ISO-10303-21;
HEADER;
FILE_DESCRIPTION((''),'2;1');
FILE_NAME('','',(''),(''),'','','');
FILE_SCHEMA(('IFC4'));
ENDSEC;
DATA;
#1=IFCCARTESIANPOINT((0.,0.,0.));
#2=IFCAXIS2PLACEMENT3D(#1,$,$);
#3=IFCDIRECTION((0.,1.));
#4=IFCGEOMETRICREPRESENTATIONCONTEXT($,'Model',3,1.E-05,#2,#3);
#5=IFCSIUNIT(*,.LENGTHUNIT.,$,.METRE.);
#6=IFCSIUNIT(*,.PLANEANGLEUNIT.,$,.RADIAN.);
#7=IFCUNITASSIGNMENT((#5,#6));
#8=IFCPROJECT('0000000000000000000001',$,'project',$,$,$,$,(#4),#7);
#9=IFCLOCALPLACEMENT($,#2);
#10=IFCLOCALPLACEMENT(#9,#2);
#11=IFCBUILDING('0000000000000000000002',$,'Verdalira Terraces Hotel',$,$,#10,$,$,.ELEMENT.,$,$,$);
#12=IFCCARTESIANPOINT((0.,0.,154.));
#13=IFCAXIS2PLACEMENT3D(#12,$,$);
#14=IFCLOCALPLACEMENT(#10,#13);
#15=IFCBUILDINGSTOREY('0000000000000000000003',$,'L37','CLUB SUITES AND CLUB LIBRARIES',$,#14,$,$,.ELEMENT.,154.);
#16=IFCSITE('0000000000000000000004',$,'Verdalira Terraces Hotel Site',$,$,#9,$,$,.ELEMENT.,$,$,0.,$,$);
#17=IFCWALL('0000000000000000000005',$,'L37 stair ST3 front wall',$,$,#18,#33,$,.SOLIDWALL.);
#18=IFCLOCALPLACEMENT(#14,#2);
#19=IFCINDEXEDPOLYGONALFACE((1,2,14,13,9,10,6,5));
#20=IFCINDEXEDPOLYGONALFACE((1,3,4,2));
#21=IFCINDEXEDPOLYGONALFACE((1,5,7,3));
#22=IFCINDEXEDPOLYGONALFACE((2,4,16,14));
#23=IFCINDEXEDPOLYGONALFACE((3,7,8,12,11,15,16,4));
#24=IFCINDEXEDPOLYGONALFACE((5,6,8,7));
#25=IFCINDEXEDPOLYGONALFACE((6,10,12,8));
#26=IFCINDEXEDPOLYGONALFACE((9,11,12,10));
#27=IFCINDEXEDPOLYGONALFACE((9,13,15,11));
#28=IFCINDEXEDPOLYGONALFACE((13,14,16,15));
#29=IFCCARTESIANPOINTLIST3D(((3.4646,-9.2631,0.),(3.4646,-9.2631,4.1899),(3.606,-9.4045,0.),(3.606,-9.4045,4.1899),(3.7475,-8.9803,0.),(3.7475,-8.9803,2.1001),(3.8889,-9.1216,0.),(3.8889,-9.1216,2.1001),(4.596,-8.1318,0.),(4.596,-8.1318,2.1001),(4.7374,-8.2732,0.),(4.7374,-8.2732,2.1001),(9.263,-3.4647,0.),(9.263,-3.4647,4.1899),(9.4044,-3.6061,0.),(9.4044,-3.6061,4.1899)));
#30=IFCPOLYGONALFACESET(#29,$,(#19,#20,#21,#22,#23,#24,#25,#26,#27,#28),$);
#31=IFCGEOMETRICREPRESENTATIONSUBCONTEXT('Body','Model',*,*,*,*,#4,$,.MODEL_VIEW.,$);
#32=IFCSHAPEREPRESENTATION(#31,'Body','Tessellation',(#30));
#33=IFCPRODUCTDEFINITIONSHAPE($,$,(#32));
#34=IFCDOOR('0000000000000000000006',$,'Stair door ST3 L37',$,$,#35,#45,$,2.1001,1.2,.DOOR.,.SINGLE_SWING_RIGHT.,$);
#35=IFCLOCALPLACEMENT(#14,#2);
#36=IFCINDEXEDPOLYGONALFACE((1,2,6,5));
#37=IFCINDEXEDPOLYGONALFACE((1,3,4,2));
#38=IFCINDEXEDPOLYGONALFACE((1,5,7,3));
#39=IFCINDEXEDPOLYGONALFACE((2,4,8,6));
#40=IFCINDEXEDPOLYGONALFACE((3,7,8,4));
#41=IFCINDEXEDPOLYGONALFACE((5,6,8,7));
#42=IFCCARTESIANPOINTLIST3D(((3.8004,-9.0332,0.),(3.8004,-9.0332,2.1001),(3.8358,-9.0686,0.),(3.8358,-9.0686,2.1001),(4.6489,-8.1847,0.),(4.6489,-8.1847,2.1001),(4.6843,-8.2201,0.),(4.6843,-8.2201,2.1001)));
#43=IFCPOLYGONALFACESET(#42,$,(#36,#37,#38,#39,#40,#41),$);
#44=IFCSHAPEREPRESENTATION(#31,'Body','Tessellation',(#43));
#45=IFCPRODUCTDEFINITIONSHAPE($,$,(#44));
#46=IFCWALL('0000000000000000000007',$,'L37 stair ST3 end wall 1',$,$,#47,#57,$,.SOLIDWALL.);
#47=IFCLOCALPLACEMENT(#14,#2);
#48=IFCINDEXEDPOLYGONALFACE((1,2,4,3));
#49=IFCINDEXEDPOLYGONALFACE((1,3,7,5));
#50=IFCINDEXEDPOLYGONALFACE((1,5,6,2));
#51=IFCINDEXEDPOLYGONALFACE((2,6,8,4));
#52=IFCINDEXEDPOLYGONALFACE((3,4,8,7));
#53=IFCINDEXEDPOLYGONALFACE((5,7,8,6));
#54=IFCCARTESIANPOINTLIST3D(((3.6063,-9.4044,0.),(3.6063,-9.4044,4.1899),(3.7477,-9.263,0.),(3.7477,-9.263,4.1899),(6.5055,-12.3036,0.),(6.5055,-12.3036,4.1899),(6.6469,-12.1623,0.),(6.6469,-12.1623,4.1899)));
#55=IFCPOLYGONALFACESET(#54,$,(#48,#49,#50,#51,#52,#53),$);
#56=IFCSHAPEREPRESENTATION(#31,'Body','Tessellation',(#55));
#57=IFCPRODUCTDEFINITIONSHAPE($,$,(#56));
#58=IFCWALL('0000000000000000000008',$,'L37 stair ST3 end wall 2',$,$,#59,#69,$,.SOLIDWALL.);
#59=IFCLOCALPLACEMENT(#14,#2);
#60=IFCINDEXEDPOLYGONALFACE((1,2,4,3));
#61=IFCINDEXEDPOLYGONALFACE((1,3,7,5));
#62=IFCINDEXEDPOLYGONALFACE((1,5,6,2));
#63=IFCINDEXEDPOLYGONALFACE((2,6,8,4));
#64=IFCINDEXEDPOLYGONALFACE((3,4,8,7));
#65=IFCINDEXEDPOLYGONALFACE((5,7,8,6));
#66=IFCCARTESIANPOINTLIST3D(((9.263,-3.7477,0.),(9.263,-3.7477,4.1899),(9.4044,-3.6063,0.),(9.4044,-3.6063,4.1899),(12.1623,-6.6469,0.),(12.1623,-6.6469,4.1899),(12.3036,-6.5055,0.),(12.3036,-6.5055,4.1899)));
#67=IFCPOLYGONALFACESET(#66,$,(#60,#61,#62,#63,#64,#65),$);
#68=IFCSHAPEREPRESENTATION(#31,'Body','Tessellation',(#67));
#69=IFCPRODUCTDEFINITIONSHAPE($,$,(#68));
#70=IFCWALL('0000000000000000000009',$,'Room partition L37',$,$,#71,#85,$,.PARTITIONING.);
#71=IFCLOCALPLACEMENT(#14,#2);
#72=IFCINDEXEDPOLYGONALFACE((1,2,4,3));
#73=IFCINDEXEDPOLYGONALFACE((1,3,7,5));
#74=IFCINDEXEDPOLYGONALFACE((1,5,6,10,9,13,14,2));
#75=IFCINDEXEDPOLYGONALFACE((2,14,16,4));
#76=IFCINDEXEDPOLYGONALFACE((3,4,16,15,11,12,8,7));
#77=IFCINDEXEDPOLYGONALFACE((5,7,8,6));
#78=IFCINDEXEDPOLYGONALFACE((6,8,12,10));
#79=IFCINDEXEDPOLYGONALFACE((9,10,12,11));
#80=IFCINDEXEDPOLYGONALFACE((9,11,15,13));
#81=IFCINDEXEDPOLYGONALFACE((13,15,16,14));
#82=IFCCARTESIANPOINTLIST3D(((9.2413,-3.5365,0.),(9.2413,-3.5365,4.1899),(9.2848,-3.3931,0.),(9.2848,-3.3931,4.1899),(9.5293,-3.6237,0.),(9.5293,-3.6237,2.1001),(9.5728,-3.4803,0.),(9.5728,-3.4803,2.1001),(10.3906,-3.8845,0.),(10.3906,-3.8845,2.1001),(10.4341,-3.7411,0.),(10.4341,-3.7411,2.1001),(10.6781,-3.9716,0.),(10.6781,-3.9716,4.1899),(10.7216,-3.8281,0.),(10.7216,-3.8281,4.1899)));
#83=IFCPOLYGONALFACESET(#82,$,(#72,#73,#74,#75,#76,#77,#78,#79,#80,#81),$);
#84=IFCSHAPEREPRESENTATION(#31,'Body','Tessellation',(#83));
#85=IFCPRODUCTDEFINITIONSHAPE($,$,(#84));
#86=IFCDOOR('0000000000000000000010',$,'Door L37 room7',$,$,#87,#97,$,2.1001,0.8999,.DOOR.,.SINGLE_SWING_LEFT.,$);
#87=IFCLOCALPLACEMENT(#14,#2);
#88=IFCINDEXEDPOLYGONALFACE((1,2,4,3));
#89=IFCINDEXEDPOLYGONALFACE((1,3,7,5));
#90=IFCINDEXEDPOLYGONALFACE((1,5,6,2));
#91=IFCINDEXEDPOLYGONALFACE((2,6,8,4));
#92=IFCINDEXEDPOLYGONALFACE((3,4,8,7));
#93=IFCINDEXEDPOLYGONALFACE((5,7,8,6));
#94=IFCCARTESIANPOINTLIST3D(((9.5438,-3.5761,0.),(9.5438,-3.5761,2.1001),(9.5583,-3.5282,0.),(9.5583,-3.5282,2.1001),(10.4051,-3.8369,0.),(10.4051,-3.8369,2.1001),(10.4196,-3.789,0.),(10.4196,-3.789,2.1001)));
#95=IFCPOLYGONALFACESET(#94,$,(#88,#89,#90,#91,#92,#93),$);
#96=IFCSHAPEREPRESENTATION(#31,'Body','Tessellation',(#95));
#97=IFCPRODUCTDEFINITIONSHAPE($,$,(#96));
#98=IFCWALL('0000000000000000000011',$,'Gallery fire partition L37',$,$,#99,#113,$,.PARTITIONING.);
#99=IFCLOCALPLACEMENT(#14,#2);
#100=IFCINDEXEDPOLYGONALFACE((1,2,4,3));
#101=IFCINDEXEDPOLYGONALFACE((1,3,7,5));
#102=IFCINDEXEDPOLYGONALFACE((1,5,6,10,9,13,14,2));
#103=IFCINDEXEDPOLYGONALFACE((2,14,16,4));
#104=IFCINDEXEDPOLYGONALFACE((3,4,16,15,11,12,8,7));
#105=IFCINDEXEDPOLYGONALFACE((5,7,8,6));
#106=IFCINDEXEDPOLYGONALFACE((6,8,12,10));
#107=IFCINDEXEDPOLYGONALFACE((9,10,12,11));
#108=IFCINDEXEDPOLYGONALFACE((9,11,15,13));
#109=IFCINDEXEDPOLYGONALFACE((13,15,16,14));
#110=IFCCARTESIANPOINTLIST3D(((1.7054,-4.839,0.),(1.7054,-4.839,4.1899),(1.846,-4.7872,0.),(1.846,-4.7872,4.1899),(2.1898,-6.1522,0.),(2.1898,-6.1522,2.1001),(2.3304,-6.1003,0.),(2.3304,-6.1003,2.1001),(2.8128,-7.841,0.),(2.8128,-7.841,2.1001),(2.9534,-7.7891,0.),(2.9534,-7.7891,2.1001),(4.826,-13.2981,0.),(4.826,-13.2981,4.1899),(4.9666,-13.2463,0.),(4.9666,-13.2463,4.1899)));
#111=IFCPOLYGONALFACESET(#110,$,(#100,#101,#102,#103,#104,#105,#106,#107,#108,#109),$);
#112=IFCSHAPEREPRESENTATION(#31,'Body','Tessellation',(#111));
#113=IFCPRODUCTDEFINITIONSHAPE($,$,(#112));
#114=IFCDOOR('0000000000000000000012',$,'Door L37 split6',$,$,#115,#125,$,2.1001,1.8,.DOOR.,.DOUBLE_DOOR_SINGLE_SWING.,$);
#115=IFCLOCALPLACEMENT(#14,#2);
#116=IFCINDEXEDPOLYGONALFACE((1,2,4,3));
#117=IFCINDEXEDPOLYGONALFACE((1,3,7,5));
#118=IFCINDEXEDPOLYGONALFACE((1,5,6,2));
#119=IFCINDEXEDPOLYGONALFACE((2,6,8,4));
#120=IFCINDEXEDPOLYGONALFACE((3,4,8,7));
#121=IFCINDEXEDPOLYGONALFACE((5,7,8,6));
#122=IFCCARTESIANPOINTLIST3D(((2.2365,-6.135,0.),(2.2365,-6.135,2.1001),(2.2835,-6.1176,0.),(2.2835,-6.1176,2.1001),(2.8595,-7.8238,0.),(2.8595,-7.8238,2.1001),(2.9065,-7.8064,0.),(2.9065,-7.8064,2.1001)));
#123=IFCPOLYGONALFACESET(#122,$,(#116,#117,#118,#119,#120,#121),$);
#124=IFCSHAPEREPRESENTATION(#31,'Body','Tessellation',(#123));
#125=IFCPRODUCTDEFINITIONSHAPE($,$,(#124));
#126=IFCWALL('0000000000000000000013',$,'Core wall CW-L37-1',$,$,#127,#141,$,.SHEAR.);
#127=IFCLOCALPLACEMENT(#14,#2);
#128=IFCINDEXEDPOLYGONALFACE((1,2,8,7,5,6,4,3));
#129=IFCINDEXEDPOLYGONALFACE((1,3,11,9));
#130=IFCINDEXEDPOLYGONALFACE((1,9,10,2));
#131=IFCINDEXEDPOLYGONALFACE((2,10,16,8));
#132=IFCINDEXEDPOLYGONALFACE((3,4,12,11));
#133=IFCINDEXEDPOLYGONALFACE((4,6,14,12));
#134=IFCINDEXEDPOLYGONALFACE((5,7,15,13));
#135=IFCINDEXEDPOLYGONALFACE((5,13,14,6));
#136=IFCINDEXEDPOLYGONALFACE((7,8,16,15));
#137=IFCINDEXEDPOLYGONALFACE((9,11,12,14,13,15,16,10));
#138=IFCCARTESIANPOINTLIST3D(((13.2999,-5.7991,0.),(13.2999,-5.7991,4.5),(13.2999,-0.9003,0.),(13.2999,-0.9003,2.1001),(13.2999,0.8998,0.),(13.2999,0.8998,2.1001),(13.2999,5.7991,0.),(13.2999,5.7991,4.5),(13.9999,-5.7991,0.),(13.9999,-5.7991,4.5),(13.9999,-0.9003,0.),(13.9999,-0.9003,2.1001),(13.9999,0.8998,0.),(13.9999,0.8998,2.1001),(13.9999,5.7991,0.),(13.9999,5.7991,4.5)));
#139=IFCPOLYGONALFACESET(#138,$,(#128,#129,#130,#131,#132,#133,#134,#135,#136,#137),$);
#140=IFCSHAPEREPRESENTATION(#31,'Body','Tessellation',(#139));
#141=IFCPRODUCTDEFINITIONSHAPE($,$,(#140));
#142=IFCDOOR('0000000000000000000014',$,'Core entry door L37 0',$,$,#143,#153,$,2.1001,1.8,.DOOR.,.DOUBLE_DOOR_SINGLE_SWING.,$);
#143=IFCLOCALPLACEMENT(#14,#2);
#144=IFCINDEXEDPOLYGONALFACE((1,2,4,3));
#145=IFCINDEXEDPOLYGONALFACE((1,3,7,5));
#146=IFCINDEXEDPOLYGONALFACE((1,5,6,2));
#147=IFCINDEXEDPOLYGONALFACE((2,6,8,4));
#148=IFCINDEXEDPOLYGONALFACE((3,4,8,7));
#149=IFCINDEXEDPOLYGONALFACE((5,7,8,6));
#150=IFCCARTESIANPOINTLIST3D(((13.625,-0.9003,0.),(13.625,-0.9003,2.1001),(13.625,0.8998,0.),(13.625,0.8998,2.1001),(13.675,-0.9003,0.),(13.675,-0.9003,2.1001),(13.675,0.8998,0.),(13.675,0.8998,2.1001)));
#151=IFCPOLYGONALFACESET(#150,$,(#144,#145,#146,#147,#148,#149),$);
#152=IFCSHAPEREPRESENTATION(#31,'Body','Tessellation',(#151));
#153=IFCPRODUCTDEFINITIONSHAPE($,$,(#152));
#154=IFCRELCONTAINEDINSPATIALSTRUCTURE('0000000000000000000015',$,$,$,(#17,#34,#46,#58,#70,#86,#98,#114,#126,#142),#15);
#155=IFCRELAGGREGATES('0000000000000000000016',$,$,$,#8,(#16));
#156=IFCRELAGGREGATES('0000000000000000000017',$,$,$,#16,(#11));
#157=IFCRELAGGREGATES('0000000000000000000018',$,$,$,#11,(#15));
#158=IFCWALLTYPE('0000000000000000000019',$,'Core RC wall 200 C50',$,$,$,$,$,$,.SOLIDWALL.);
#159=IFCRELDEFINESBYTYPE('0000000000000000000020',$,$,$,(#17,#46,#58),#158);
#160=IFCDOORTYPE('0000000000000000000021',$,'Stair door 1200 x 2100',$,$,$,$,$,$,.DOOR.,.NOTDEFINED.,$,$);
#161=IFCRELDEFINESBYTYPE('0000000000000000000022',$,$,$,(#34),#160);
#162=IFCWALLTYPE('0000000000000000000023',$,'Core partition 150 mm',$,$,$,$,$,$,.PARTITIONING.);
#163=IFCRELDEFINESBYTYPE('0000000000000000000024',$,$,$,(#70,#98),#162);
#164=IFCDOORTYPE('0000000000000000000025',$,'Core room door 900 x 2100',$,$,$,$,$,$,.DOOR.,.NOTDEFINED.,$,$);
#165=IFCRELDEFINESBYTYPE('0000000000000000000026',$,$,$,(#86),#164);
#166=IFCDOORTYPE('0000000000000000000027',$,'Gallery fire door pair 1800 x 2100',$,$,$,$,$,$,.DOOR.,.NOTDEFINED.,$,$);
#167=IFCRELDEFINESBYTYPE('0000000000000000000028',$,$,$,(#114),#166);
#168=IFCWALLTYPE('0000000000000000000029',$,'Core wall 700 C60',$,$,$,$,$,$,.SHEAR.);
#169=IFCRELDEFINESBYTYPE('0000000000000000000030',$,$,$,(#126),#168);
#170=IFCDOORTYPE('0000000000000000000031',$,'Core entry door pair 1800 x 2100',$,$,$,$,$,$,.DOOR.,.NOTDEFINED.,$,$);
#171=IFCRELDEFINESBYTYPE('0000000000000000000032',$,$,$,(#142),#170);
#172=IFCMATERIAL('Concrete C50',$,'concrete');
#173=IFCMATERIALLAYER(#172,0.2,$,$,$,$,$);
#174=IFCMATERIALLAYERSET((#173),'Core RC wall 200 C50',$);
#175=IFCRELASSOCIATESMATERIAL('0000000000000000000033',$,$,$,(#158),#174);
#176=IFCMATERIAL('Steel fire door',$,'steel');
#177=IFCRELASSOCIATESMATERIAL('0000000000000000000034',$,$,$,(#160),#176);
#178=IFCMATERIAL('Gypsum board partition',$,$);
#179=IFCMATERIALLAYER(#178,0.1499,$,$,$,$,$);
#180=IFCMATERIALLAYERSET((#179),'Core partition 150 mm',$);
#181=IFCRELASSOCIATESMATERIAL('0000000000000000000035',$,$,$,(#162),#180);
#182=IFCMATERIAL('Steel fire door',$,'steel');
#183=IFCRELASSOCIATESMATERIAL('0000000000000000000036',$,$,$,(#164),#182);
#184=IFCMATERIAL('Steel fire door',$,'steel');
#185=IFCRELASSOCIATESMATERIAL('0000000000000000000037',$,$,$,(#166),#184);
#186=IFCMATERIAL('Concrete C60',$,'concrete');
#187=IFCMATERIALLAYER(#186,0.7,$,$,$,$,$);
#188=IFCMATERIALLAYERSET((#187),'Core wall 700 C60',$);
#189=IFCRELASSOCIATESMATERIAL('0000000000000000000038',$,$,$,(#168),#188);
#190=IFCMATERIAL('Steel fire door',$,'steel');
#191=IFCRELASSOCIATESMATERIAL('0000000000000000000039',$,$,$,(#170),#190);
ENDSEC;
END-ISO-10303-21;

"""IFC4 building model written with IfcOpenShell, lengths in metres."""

from ifc_helpers import new_model, si_unit, direction, frame, frame_2d, origin, place, context, subcontext, project, spatial, rectangle, extrude, material, layer, layer_set, type_object, element, fill, save


model = new_model("IFC4")

# Units and contexts
model_context = context("Model", 3, precision=1e-05, world=origin(), true_north=direction((0.0, 1.0)))
body_context = subcontext(model_context, "Body", "Model", "MODEL_VIEW")
ifc_project = project(units=[si_unit("LENGTHUNIT", "METRE"), si_unit("PLANEANGLEUNIT", "RADIAN")], contexts=[model_context])

# Site, building, storey
site_placement = place(None, origin())
site = spatial("IfcSite", under=ifc_project, at=site_placement, Name="Verdalira Terraces Hotel Site", CompositionType="ELEMENT", RefElevation=0.0)
building_placement = place(site_placement, origin())
building = spatial("IfcBuilding", under=site, at=building_placement, Name="Verdalira Terraces Hotel", CompositionType="ELEMENT")
storey_placement = place(building_placement, frame((0.0, 0.0, 154.0)))
storey = spatial("IfcBuildingStorey", under=building, at=storey_placement, Name="L37", Description="CLUB SUITES AND CLUB LIBRARIES", CompositionType="ELEMENT", Elevation=154.0)

# Shared definitions
ifc_material_1 = material(Name="Concrete C50", Category="concrete")
ifc_layer_1 = layer(ifc_material_1, 0.2)
ifc_layer_set_1 = layer_set([ifc_layer_1], Name="Core RC wall 200 C50")
wall_type_1 = type_object("IfcWallType", Name="Core RC wall 200 C50", PredefinedType="SOLIDWALL", material=ifc_layer_set_1)

# Wall, opening, door
wall_1_placement = place(storey_placement, frame((9.3337, -3.5354, 0.0), z_axis=(0.0, 0.0, 1.0), x_axis=(-0.707107, -0.707107, 0.0)))
wall_1 = element("IfcWall", 1, at=wall_1_placement, inside=storey, type_object=wall_type_1, Name="L37 stair ST3 front wall", PredefinedType="SOLIDWALL", context=body_context, shape_type="SweptSolid", body=[
    extrude(rectangle(XDim=8.2002, YDim=0.2, at=frame_2d((4.1001, 0.0))), origin(), (0.0, 0.0, 1.0), 4.1899),
])
opening_1_placement = place(wall_1_placement, frame((6.6001, 0.0, 0.0)))
opening_1 = element("IfcOpeningElement", 2, at=opening_1_placement, cuts=wall_1, PredefinedType="OPENING", context=body_context, shape_type="SweptSolid", body=[
    extrude(rectangle(XDim=1.2, YDim=2.1001, at=frame_2d((0.6001, 1.05))), frame((0.0, 0.1099, 0.0), z_axis=(0.0, -1.0, 0.0), x_axis=(1.0, 0.0, 0.0)), (0.0, 0.0, 1.0), 0.22),
])
ifc_material_2 = material(Name="Steel fire door", Category="steel")
door_type_1 = type_object("IfcDoorType", Name="Stair door 1200 x 2100", OperationType="NOTDEFINED", PredefinedType="DOOR", material=ifc_material_2)
door_1_placement = place(opening_1_placement, origin())
door_1 = element("IfcDoor", 3, at=door_1_placement, inside=storey, type_object=door_type_1, Name="Stair door ST3 L37", OperationType="SINGLE_SWING_RIGHT", OverallHeight=2.1001, OverallWidth=1.2, PredefinedType="DOOR", context=body_context, shape_type="SweptSolid", body=[
    extrude(rectangle(XDim=1.2, YDim=2.1001, at=frame_2d((0.6001, 1.05))), frame((0.0, 0.0249, 0.0), z_axis=(0.0, -1.0, 0.0), x_axis=(1.0, 0.0, 0.0)), (0.0, 0.0, 1.0), 0.05),
])
fill(opening_1, door_1)

# Walls
for number, where, z_axis, x_axis, name in (
    (4, (3.677, -9.3337, 0.0), (0.0, 0.0, 1.0), (0.707107, -0.707107, 0.0), "L37 stair ST3 end wall 1"),
    (5, (9.3337, -3.677, 0.0), (0.0, 0.0, 1.0), (0.707107, -0.707107, 0.0), "L37 stair ST3 end wall 2"),
):
    element("IfcWall", number, at=place(storey_placement, frame(where, z_axis=z_axis, x_axis=x_axis)), inside=storey, type_object=wall_type_1, Name=name, PredefinedType="SOLIDWALL", context=body_context, shape_type="SweptSolid", body=[
        extrude(rectangle(XDim=4.1001, YDim=0.2, at=frame_2d((2.05, 0.0))), origin(), (0.0, 0.0, 1.0), 4.1899),
    ])

# Walls, openings, doors
ifc_material_3 = material(Name="Gypsum board partition")
ifc_layer_2 = layer(ifc_material_3, 0.1499)
ifc_layer_set_2 = layer_set([ifc_layer_2], Name="Core partition 150 mm")
wall_type_2 = type_object("IfcWallType", Name="Core partition 150 mm", PredefinedType="PARTITIONING", material=ifc_layer_set_2)
wall_2_placement = place(storey_placement, frame((9.2632, -3.4648, 0.0), z_axis=(0.0, 0.0, 1.0), x_axis=(0.957085, -0.289809, 0.0)))
wall_2 = element("IfcWall", 6, at=wall_2_placement, inside=storey, type_object=wall_type_2, Name="Room partition L37", PredefinedType="PARTITIONING", context=body_context, shape_type="SweptSolid", body=[
    extrude(rectangle(XDim=1.5012, YDim=0.1499, at=frame_2d((0.7505, 0.0))), origin(), (0.0, 0.0, 1.0), 4.1899),
])
opening_2_placement = place(wall_2_placement, frame((0.3008, 0.0, 0.0)))
opening_2 = element("IfcOpeningElement", 7, at=opening_2_placement, cuts=wall_2, PredefinedType="OPENING", context=body_context, shape_type="SweptSolid", body=[
    extrude(rectangle(XDim=0.8999, YDim=2.1001, at=frame_2d((0.45, 1.05))), frame((0.0, 0.085, 0.0), z_axis=(0.0, -1.0, 0.0), x_axis=(1.0, 0.0, 0.0)), (0.0, 0.0, 1.0), 0.1699),
])
ifc_material_4 = material(Name="Steel fire door", Category="steel")
door_type_2 = type_object("IfcDoorType", Name="Core room door 900 x 2100", OperationType="NOTDEFINED", PredefinedType="DOOR", material=ifc_material_4)
door_2_placement = place(opening_2_placement, origin())
door_2 = element("IfcDoor", 8, at=door_2_placement, inside=storey, type_object=door_type_2, Name="Door L37 room7", OperationType="SINGLE_SWING_LEFT", OverallHeight=2.1001, OverallWidth=0.8999, PredefinedType="DOOR", context=body_context, shape_type="SweptSolid", body=[
    extrude(rectangle(XDim=0.8999, YDim=2.1001, at=frame_2d((0.45, 1.05))), frame((0.0, 0.0249, 0.0), z_axis=(0.0, -1.0, 0.0), x_axis=(1.0, 0.0, 0.0)), (0.0, 0.0, 1.0), 0.05),
])
fill(opening_2, door_2)
wall_3_placement = place(storey_placement, frame((1.7756, -4.813, 0.0), z_axis=(0.0, 0.0, 1.0), x_axis=(0.346109, -0.938194, 0.0)))
wall_3 = element("IfcWall", 9, at=wall_3_placement, inside=storey, type_object=wall_type_2, Name="Gallery fire partition L37", PredefinedType="PARTITIONING", context=body_context, shape_type="SweptSolid", body=[
    extrude(rectangle(XDim=9.0164, YDim=0.1499, at=frame_2d((4.5083, 0.0))), origin(), (0.0, 0.0, 1.0), 4.1899),
])
opening_3_placement = place(wall_3_placement, frame((1.3999, 0.0, 0.0)))
opening_3 = element("IfcOpeningElement", 10, at=opening_3_placement, cuts=wall_3, PredefinedType="OPENING", context=body_context, shape_type="SweptSolid", body=[
    extrude(rectangle(XDim=1.8, YDim=2.1001, at=frame_2d((0.8999, 1.05))), frame((0.0, 0.085, 0.0), z_axis=(0.0, -1.0, 0.0), x_axis=(1.0, 0.0, 0.0)), (0.0, 0.0, 1.0), 0.1699),
])
ifc_material_5 = material(Name="Steel fire door", Category="steel")
door_type_3 = type_object("IfcDoorType", Name="Gallery fire door pair 1800 x 2100", OperationType="NOTDEFINED", PredefinedType="DOOR", material=ifc_material_5)
door_3_placement = place(opening_3_placement, origin())
door_3 = element("IfcDoor", 11, at=door_3_placement, inside=storey, type_object=door_type_3, Name="Door L37 split6", OperationType="DOUBLE_DOOR_SINGLE_SWING", OverallHeight=2.1001, OverallWidth=1.8, PredefinedType="DOOR", context=body_context, shape_type="SweptSolid", body=[
    extrude(rectangle(XDim=1.8, YDim=2.1001, at=frame_2d((0.8999, 1.05))), frame((0.0, 0.0249, 0.0), z_axis=(0.0, -1.0, 0.0), x_axis=(1.0, 0.0, 0.0)), (0.0, 0.0, 1.0), 0.05),
])
fill(opening_3, door_3)
ifc_material_6 = material(Name="Concrete C60", Category="concrete")
ifc_layer_3 = layer(ifc_material_6, 0.7)
ifc_layer_set_3 = layer_set([ifc_layer_3], Name="Core wall 700 C60")
wall_type_3 = type_object("IfcWallType", Name="Core wall 700 C60", PredefinedType="SHEAR", material=ifc_layer_set_3)
wall_4_placement = place(storey_placement, frame((13.6499, -5.7991, 0.0), z_axis=(0.0, 0.0, 1.0), x_axis=(0.0, 1.0, 0.0)))
wall_4 = element("IfcWall", 12, at=wall_4_placement, inside=storey, type_object=wall_type_3, Name="Core wall CW-L37-1", PredefinedType="SHEAR", context=body_context, shape_type="SweptSolid", body=[
    extrude(rectangle(XDim=11.5981, YDim=0.7, at=frame_2d((5.7991, 0.0))), origin(), (0.0, 0.0, 1.0), 4.5),
])
opening_4_placement = place(wall_4_placement, frame((4.8989, 0.0, 0.0)))
opening_4 = element("IfcOpeningElement", 13, at=opening_4_placement, cuts=wall_4, PredefinedType="OPENING", context=body_context, shape_type="SweptSolid", body=[
    extrude(rectangle(XDim=1.8, YDim=2.1001, at=frame_2d((0.8999, 1.05))), frame((0.0, 0.3599, 0.0), z_axis=(0.0, -1.0, 0.0), x_axis=(1.0, 0.0, 0.0)), (0.0, 0.0, 1.0), 0.72),
])
ifc_material_7 = material(Name="Steel fire door", Category="steel")
door_type_4 = type_object("IfcDoorType", Name="Core entry door pair 1800 x 2100", OperationType="NOTDEFINED", PredefinedType="DOOR", material=ifc_material_7)
door_4_placement = place(opening_4_placement, origin())
door_4 = element("IfcDoor", 14, at=door_4_placement, inside=storey, type_object=door_type_4, Name="Core entry door L37 0", OperationType="DOUBLE_DOOR_SINGLE_SWING", OverallHeight=2.1001, OverallWidth=1.8, PredefinedType="DOOR", context=body_context, shape_type="SweptSolid", body=[
    extrude(rectangle(XDim=1.8, YDim=2.1001, at=frame_2d((0.8999, 1.05))), frame((0.0, 0.0249, 0.0), z_axis=(0.0, -1.0, 0.0), x_axis=(1.0, 0.0, 0.0)), (0.0, 0.0, 1.0), 0.05),
])
fill(opening_4, door_4)

save(model, "model.ifc")
